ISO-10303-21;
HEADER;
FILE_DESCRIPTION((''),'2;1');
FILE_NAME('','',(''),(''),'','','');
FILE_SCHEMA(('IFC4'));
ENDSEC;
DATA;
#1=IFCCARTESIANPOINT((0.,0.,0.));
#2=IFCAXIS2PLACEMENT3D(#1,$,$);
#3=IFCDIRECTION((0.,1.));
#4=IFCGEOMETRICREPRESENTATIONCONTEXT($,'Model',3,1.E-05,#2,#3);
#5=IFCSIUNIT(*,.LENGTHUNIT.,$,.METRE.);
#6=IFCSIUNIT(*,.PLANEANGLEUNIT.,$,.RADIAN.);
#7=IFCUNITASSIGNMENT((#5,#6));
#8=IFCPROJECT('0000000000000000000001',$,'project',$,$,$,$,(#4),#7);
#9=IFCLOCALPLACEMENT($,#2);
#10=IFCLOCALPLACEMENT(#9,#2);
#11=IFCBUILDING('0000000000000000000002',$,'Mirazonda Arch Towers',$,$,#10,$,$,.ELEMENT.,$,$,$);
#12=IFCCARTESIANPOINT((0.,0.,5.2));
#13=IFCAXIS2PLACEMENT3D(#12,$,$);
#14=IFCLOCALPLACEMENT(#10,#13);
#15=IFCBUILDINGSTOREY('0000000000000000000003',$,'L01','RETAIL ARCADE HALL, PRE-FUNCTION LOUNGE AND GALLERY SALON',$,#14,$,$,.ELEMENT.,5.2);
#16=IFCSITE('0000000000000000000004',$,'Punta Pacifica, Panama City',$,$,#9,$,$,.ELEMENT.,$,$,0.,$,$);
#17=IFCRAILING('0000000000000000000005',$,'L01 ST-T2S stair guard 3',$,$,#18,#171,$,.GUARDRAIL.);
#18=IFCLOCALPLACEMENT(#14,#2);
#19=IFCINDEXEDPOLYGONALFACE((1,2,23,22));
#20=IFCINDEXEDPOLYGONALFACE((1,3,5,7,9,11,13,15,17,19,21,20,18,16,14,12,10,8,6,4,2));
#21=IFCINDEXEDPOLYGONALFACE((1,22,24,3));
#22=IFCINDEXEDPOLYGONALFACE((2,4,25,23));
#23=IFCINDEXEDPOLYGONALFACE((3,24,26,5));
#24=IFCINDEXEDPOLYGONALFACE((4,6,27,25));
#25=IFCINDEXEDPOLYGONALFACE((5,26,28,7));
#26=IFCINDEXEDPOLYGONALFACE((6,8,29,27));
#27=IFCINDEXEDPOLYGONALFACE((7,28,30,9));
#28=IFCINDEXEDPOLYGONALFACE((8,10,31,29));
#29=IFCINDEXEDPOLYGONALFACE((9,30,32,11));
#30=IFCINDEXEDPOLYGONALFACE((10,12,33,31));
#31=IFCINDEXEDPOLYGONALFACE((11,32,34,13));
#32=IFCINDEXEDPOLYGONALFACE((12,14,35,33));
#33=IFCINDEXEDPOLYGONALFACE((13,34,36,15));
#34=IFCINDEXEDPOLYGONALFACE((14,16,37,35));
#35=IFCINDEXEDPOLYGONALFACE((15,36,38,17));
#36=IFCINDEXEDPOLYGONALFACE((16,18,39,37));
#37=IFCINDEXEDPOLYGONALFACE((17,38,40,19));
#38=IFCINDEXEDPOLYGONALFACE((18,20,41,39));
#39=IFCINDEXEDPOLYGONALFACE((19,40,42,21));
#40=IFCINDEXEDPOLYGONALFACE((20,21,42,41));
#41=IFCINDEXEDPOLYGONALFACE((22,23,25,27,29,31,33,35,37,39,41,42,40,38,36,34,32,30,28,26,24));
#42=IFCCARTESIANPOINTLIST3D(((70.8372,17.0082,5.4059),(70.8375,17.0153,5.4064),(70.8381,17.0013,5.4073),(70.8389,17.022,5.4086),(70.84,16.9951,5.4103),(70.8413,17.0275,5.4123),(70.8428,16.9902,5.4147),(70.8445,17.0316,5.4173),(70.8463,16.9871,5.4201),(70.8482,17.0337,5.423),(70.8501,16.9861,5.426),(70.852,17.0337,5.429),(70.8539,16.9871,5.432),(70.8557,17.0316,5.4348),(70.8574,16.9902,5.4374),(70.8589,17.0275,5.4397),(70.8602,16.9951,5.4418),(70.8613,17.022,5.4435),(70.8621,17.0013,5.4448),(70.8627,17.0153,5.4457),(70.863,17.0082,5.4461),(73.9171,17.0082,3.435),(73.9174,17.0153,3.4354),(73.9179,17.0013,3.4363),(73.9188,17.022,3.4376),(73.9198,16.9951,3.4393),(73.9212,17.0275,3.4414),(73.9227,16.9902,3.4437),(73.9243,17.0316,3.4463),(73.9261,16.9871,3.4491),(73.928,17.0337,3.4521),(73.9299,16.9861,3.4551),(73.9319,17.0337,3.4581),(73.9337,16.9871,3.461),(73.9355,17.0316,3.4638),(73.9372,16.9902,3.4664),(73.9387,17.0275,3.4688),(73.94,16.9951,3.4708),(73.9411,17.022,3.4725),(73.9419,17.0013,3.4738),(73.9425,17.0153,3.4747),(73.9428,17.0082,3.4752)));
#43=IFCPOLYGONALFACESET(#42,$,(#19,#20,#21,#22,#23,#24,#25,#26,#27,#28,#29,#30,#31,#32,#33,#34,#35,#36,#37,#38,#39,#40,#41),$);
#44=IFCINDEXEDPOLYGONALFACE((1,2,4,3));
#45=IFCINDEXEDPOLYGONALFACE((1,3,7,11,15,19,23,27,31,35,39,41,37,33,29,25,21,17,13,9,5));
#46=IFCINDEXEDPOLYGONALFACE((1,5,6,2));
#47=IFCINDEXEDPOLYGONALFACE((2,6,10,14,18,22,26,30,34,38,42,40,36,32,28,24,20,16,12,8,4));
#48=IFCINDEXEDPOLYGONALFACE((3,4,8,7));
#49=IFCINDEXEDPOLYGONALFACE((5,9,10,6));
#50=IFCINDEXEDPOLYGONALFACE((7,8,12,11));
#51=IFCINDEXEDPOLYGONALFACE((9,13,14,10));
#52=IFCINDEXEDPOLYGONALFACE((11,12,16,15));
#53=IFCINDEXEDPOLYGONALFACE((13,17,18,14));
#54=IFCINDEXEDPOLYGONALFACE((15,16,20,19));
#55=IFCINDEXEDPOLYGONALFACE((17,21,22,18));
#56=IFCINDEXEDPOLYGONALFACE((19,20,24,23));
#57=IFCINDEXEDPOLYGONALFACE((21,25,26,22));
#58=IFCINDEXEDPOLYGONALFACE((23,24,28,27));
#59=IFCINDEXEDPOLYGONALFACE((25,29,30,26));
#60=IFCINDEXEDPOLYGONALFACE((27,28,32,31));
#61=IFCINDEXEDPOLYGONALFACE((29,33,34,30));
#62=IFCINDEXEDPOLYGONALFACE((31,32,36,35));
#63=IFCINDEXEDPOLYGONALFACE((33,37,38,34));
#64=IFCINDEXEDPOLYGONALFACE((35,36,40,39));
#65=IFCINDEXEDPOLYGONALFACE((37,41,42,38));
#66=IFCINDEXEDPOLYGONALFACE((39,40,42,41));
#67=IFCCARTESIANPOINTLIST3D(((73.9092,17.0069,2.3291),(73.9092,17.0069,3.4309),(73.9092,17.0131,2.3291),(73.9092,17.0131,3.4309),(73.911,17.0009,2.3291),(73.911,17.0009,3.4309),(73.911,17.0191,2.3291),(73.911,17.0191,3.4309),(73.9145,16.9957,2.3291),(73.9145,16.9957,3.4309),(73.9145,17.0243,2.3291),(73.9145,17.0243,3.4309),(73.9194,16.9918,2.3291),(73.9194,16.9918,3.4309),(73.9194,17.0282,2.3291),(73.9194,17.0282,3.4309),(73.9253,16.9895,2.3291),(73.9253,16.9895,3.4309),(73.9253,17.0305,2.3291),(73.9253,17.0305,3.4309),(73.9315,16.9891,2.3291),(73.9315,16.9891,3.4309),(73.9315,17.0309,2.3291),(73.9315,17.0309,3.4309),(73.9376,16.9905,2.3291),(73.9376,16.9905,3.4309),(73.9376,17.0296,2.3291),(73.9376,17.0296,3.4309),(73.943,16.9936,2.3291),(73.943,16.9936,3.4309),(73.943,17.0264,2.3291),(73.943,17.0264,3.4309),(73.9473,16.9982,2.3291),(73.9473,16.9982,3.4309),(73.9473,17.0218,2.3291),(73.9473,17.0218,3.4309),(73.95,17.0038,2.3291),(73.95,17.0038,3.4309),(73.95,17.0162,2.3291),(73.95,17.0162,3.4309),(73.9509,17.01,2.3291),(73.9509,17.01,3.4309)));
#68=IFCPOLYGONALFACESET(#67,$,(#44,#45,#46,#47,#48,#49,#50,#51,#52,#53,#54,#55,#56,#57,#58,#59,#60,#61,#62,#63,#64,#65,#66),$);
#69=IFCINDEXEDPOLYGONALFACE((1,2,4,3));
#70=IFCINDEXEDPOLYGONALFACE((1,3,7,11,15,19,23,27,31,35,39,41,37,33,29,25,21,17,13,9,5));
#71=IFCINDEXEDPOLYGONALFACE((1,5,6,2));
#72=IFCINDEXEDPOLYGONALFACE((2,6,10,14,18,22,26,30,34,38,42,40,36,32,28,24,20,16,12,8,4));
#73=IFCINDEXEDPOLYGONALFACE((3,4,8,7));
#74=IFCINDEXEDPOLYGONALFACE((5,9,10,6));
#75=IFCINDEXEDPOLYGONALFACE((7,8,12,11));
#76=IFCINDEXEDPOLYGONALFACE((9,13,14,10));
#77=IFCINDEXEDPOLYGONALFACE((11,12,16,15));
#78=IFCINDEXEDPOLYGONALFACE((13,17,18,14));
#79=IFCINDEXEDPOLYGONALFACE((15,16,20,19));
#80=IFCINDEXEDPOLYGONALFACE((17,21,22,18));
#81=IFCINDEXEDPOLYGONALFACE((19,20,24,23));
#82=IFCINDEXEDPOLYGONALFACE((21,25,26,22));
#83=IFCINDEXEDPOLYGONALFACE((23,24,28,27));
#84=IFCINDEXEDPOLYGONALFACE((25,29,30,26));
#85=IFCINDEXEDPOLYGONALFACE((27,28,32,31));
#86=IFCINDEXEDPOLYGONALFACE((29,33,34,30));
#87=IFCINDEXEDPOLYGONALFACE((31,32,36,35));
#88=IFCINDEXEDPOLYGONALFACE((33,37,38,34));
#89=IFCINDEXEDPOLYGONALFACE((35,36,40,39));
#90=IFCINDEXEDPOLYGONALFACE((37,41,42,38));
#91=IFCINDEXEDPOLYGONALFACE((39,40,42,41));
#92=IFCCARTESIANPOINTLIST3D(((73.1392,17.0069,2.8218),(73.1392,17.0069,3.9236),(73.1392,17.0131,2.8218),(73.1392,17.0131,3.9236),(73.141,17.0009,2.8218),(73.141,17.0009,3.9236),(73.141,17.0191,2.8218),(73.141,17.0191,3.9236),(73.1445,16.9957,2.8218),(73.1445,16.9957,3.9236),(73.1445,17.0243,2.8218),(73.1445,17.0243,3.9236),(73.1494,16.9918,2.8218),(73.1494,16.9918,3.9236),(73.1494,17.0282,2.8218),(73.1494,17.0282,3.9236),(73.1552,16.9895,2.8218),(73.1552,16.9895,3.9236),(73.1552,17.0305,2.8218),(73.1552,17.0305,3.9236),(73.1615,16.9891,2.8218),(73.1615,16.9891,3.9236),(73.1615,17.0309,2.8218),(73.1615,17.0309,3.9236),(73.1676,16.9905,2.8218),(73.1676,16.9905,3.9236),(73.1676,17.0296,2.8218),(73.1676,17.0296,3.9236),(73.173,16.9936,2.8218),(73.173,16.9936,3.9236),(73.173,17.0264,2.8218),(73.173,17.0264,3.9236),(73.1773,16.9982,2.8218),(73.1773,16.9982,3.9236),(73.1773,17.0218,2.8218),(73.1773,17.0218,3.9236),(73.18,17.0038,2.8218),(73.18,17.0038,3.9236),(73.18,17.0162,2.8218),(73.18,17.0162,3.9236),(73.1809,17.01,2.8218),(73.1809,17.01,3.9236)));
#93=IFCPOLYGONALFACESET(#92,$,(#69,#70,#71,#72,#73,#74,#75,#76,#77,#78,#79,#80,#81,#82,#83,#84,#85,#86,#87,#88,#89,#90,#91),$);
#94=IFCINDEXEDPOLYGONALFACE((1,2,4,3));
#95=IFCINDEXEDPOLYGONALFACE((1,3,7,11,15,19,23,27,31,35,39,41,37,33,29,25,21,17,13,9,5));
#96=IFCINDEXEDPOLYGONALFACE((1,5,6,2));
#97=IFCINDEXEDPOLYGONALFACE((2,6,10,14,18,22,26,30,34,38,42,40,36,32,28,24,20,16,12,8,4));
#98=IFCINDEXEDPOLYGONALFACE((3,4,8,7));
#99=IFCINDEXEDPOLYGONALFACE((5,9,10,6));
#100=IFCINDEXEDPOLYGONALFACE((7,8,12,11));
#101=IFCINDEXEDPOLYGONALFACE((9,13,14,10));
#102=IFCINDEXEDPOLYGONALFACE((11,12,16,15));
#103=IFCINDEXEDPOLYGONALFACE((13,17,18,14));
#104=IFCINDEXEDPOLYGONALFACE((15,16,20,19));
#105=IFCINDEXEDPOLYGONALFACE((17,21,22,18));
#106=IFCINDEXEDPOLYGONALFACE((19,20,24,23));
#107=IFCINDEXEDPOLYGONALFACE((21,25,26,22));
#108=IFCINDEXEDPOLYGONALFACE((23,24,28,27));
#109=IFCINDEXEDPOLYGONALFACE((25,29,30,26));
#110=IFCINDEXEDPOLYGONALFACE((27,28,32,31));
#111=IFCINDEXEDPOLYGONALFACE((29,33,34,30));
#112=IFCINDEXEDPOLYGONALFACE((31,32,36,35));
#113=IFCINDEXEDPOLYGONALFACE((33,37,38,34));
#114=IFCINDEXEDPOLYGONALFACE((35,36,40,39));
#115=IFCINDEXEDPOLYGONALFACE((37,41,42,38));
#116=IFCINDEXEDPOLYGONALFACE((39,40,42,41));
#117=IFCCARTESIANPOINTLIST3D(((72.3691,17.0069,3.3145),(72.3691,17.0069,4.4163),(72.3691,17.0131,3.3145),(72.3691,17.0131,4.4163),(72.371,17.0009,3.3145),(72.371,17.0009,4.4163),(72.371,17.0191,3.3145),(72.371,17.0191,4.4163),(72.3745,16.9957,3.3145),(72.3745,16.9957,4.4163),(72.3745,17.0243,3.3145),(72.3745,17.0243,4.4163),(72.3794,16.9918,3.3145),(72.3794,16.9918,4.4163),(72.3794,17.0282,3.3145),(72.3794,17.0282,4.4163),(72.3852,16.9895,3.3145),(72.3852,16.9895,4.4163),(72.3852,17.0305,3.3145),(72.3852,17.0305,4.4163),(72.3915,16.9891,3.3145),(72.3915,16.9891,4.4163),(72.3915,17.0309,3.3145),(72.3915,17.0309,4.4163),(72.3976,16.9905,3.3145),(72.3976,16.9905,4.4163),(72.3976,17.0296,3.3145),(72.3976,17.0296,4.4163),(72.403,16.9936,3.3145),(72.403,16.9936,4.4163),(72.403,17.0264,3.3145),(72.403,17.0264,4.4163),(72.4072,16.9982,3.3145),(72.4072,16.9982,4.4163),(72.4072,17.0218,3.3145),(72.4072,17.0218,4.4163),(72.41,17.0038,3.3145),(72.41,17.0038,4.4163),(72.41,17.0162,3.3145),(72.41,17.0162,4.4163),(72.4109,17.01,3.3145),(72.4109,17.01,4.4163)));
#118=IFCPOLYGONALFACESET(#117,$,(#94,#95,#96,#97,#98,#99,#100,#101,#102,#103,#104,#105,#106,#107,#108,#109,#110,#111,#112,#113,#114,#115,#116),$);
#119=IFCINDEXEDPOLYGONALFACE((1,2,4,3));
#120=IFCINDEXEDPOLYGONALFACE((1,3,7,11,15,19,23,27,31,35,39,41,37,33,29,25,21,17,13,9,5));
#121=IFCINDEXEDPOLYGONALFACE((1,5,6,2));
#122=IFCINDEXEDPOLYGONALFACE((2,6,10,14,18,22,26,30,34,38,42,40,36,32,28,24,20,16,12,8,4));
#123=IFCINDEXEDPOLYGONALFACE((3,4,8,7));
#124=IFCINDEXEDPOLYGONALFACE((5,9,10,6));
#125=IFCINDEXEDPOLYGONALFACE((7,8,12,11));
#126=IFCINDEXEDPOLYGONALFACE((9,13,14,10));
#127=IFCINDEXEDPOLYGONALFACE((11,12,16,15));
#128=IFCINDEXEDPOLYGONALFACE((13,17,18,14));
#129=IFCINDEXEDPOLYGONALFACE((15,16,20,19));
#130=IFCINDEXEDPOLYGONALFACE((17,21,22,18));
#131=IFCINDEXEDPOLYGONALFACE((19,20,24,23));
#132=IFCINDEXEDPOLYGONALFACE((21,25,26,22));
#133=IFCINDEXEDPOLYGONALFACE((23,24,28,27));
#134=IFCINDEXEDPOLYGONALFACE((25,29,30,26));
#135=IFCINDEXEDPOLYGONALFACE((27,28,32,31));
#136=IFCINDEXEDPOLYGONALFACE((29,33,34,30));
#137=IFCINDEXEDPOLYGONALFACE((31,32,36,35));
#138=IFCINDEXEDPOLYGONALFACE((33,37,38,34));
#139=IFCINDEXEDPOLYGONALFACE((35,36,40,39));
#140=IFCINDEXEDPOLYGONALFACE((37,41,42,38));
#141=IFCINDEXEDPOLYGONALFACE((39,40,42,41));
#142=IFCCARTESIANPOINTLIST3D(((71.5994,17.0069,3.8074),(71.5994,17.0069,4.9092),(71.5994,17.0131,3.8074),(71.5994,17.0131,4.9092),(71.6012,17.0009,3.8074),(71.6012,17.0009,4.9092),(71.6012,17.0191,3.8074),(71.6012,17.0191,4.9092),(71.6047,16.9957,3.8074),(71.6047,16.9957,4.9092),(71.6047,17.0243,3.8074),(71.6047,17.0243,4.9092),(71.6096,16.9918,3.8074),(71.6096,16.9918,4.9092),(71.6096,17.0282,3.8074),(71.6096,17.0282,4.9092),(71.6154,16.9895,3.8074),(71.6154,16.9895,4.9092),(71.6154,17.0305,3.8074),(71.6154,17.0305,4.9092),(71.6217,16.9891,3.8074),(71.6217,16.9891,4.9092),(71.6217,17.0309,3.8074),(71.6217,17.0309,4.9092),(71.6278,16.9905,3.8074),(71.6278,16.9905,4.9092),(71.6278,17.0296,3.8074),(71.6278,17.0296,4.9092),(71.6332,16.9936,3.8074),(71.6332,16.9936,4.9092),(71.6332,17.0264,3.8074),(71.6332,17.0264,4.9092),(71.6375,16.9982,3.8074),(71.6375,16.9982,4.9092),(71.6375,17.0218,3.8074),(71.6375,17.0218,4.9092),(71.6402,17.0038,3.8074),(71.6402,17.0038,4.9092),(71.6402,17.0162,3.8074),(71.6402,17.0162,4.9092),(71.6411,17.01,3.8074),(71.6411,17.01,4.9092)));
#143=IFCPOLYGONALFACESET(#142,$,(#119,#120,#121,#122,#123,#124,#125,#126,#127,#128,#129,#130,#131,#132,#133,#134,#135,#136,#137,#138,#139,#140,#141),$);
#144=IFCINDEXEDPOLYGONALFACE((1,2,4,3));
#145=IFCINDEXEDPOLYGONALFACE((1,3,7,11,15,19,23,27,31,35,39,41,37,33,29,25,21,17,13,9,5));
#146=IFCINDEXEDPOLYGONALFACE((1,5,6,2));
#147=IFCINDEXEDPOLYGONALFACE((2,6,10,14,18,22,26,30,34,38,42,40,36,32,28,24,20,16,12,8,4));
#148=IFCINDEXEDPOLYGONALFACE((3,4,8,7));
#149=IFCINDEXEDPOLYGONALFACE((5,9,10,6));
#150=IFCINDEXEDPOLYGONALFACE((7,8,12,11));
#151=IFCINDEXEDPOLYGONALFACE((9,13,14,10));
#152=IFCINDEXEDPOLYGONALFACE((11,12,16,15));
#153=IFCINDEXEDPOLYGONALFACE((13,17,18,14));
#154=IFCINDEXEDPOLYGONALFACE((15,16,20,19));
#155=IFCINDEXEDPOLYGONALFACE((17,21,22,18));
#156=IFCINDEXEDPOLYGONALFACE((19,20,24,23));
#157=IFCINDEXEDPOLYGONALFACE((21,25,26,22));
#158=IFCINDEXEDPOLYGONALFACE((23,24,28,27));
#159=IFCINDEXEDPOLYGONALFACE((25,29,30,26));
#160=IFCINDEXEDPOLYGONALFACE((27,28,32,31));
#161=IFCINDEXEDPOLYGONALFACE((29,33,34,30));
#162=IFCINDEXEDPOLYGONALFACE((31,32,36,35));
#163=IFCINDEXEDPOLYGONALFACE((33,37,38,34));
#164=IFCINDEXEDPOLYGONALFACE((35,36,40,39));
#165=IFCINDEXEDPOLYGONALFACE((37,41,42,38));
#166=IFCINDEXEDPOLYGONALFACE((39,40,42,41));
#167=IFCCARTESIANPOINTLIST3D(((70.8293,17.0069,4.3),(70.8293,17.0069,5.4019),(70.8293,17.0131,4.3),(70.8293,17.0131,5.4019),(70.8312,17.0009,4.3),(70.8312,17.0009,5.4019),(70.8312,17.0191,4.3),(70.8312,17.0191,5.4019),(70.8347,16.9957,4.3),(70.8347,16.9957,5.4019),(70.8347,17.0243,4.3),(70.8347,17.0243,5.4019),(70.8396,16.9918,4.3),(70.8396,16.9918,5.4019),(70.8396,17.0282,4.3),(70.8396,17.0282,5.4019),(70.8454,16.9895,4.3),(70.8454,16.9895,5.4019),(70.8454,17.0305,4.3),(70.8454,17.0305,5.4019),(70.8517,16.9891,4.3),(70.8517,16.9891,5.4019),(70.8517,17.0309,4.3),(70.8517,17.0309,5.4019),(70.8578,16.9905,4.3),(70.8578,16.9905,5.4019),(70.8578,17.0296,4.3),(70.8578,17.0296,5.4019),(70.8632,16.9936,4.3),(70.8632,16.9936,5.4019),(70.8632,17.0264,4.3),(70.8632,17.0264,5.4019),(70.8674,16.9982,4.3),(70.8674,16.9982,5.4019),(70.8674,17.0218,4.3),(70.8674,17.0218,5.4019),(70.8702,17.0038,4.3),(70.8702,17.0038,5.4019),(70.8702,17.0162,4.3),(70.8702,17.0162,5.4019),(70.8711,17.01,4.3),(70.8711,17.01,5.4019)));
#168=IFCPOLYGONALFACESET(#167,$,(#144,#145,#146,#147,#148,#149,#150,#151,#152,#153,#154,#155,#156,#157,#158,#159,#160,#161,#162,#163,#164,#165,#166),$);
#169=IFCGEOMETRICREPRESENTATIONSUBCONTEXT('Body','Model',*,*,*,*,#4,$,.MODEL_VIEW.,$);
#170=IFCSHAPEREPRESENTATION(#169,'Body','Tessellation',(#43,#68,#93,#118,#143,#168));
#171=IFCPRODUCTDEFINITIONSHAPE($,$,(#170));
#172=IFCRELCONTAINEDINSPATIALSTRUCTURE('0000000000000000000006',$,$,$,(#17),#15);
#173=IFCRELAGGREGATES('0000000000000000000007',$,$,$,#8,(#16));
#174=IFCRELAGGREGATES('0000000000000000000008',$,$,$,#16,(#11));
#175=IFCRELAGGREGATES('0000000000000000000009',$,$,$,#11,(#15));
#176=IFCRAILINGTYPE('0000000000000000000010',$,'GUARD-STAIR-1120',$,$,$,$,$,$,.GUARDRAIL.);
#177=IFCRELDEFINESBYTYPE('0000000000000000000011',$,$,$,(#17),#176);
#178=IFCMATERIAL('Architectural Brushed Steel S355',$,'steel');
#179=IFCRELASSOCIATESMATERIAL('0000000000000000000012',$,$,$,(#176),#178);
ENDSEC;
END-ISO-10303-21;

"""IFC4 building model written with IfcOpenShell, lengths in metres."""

from ifc_helpers import new_model, si_unit, direction, frame, origin, origin_2d, place, context, subcontext, project, spatial, circle, extrude, material, type_object, element, save


model = new_model("IFC4")

# Units and contexts
model_context = context("Model", 3, precision=1e-05, world=origin(), true_north=direction((0.0, 1.0)))
body_context = subcontext(model_context, "Body", "Model", "MODEL_VIEW")
ifc_project = project(units=[si_unit("LENGTHUNIT", "METRE"), si_unit("PLANEANGLEUNIT", "RADIAN")], contexts=[model_context])

# Site, building, storey
site_placement = place(None, origin())
site = spatial("IfcSite", under=ifc_project, at=site_placement, Name="Punta Pacifica, Panama City", CompositionType="ELEMENT", RefElevation=0.0)
building_placement = place(site_placement, origin())
building = spatial("IfcBuilding", under=site, at=building_placement, Name="Mirazonda Arch Towers", CompositionType="ELEMENT")
storey_placement = place(building_placement, frame((0.0, 0.0, 5.2)))
storey = spatial("IfcBuildingStorey", under=building, at=storey_placement, Name="L01", Description="RETAIL ARCADE HALL, PRE-FUNCTION LOUNGE AND GALLERY SALON", CompositionType="ELEMENT", Elevation=5.2)

# Railing
ifc_material_1 = material(Name="Architectural Brushed Steel S355", Category="steel")
railing_type_1 = type_object("IfcRailingType", Name="GUARD-STAIR-1120", PredefinedType="GUARDRAIL", material=ifc_material_1)
railing_1_placement = place(storey_placement, frame((73.9299, 17.01, 2.3291)))
element("IfcRailing", 1, at=railing_1_placement, inside=storey, type_object=railing_type_1, Name="L01 ST-T2S stair guard 3", PredefinedType="GUARDRAIL", context=body_context, shape_type="SweptSolid", body=[
    extrude(circle(Radius=0.0239, at=origin_2d()), frame((0.0, 0.0, 1.126), z_axis=(-0.84229, 0.0, 0.539025), x_axis=(0.0, -1.0, 0.0)), (0.0, 0.0, 1.0), 3.6565),
    extrude(circle(Radius=0.021, at=origin_2d()), origin(), (0.0, 0.0, 1.0), 1.1018),
    extrude(circle(Radius=0.021, at=origin_2d()), frame((-0.77, 0.0, 0.4927)), (0.0, 0.0, 1.0), 1.1018),
    extrude(circle(Radius=0.021, at=origin_2d()), frame((-1.54, 0.0, 0.9854)), (0.0, 0.0, 1.0), 1.1018),
    extrude(circle(Radius=0.021, at=origin_2d()), frame((-2.3098, 0.0, 1.4783)), (0.0, 0.0, 1.0), 1.1018),
    extrude(circle(Radius=0.021, at=origin_2d()), frame((-3.0798, 0.0, 1.9709)), (0.0, 0.0, 1.0), 1.1018),
])

save(model, "model.ifc")
